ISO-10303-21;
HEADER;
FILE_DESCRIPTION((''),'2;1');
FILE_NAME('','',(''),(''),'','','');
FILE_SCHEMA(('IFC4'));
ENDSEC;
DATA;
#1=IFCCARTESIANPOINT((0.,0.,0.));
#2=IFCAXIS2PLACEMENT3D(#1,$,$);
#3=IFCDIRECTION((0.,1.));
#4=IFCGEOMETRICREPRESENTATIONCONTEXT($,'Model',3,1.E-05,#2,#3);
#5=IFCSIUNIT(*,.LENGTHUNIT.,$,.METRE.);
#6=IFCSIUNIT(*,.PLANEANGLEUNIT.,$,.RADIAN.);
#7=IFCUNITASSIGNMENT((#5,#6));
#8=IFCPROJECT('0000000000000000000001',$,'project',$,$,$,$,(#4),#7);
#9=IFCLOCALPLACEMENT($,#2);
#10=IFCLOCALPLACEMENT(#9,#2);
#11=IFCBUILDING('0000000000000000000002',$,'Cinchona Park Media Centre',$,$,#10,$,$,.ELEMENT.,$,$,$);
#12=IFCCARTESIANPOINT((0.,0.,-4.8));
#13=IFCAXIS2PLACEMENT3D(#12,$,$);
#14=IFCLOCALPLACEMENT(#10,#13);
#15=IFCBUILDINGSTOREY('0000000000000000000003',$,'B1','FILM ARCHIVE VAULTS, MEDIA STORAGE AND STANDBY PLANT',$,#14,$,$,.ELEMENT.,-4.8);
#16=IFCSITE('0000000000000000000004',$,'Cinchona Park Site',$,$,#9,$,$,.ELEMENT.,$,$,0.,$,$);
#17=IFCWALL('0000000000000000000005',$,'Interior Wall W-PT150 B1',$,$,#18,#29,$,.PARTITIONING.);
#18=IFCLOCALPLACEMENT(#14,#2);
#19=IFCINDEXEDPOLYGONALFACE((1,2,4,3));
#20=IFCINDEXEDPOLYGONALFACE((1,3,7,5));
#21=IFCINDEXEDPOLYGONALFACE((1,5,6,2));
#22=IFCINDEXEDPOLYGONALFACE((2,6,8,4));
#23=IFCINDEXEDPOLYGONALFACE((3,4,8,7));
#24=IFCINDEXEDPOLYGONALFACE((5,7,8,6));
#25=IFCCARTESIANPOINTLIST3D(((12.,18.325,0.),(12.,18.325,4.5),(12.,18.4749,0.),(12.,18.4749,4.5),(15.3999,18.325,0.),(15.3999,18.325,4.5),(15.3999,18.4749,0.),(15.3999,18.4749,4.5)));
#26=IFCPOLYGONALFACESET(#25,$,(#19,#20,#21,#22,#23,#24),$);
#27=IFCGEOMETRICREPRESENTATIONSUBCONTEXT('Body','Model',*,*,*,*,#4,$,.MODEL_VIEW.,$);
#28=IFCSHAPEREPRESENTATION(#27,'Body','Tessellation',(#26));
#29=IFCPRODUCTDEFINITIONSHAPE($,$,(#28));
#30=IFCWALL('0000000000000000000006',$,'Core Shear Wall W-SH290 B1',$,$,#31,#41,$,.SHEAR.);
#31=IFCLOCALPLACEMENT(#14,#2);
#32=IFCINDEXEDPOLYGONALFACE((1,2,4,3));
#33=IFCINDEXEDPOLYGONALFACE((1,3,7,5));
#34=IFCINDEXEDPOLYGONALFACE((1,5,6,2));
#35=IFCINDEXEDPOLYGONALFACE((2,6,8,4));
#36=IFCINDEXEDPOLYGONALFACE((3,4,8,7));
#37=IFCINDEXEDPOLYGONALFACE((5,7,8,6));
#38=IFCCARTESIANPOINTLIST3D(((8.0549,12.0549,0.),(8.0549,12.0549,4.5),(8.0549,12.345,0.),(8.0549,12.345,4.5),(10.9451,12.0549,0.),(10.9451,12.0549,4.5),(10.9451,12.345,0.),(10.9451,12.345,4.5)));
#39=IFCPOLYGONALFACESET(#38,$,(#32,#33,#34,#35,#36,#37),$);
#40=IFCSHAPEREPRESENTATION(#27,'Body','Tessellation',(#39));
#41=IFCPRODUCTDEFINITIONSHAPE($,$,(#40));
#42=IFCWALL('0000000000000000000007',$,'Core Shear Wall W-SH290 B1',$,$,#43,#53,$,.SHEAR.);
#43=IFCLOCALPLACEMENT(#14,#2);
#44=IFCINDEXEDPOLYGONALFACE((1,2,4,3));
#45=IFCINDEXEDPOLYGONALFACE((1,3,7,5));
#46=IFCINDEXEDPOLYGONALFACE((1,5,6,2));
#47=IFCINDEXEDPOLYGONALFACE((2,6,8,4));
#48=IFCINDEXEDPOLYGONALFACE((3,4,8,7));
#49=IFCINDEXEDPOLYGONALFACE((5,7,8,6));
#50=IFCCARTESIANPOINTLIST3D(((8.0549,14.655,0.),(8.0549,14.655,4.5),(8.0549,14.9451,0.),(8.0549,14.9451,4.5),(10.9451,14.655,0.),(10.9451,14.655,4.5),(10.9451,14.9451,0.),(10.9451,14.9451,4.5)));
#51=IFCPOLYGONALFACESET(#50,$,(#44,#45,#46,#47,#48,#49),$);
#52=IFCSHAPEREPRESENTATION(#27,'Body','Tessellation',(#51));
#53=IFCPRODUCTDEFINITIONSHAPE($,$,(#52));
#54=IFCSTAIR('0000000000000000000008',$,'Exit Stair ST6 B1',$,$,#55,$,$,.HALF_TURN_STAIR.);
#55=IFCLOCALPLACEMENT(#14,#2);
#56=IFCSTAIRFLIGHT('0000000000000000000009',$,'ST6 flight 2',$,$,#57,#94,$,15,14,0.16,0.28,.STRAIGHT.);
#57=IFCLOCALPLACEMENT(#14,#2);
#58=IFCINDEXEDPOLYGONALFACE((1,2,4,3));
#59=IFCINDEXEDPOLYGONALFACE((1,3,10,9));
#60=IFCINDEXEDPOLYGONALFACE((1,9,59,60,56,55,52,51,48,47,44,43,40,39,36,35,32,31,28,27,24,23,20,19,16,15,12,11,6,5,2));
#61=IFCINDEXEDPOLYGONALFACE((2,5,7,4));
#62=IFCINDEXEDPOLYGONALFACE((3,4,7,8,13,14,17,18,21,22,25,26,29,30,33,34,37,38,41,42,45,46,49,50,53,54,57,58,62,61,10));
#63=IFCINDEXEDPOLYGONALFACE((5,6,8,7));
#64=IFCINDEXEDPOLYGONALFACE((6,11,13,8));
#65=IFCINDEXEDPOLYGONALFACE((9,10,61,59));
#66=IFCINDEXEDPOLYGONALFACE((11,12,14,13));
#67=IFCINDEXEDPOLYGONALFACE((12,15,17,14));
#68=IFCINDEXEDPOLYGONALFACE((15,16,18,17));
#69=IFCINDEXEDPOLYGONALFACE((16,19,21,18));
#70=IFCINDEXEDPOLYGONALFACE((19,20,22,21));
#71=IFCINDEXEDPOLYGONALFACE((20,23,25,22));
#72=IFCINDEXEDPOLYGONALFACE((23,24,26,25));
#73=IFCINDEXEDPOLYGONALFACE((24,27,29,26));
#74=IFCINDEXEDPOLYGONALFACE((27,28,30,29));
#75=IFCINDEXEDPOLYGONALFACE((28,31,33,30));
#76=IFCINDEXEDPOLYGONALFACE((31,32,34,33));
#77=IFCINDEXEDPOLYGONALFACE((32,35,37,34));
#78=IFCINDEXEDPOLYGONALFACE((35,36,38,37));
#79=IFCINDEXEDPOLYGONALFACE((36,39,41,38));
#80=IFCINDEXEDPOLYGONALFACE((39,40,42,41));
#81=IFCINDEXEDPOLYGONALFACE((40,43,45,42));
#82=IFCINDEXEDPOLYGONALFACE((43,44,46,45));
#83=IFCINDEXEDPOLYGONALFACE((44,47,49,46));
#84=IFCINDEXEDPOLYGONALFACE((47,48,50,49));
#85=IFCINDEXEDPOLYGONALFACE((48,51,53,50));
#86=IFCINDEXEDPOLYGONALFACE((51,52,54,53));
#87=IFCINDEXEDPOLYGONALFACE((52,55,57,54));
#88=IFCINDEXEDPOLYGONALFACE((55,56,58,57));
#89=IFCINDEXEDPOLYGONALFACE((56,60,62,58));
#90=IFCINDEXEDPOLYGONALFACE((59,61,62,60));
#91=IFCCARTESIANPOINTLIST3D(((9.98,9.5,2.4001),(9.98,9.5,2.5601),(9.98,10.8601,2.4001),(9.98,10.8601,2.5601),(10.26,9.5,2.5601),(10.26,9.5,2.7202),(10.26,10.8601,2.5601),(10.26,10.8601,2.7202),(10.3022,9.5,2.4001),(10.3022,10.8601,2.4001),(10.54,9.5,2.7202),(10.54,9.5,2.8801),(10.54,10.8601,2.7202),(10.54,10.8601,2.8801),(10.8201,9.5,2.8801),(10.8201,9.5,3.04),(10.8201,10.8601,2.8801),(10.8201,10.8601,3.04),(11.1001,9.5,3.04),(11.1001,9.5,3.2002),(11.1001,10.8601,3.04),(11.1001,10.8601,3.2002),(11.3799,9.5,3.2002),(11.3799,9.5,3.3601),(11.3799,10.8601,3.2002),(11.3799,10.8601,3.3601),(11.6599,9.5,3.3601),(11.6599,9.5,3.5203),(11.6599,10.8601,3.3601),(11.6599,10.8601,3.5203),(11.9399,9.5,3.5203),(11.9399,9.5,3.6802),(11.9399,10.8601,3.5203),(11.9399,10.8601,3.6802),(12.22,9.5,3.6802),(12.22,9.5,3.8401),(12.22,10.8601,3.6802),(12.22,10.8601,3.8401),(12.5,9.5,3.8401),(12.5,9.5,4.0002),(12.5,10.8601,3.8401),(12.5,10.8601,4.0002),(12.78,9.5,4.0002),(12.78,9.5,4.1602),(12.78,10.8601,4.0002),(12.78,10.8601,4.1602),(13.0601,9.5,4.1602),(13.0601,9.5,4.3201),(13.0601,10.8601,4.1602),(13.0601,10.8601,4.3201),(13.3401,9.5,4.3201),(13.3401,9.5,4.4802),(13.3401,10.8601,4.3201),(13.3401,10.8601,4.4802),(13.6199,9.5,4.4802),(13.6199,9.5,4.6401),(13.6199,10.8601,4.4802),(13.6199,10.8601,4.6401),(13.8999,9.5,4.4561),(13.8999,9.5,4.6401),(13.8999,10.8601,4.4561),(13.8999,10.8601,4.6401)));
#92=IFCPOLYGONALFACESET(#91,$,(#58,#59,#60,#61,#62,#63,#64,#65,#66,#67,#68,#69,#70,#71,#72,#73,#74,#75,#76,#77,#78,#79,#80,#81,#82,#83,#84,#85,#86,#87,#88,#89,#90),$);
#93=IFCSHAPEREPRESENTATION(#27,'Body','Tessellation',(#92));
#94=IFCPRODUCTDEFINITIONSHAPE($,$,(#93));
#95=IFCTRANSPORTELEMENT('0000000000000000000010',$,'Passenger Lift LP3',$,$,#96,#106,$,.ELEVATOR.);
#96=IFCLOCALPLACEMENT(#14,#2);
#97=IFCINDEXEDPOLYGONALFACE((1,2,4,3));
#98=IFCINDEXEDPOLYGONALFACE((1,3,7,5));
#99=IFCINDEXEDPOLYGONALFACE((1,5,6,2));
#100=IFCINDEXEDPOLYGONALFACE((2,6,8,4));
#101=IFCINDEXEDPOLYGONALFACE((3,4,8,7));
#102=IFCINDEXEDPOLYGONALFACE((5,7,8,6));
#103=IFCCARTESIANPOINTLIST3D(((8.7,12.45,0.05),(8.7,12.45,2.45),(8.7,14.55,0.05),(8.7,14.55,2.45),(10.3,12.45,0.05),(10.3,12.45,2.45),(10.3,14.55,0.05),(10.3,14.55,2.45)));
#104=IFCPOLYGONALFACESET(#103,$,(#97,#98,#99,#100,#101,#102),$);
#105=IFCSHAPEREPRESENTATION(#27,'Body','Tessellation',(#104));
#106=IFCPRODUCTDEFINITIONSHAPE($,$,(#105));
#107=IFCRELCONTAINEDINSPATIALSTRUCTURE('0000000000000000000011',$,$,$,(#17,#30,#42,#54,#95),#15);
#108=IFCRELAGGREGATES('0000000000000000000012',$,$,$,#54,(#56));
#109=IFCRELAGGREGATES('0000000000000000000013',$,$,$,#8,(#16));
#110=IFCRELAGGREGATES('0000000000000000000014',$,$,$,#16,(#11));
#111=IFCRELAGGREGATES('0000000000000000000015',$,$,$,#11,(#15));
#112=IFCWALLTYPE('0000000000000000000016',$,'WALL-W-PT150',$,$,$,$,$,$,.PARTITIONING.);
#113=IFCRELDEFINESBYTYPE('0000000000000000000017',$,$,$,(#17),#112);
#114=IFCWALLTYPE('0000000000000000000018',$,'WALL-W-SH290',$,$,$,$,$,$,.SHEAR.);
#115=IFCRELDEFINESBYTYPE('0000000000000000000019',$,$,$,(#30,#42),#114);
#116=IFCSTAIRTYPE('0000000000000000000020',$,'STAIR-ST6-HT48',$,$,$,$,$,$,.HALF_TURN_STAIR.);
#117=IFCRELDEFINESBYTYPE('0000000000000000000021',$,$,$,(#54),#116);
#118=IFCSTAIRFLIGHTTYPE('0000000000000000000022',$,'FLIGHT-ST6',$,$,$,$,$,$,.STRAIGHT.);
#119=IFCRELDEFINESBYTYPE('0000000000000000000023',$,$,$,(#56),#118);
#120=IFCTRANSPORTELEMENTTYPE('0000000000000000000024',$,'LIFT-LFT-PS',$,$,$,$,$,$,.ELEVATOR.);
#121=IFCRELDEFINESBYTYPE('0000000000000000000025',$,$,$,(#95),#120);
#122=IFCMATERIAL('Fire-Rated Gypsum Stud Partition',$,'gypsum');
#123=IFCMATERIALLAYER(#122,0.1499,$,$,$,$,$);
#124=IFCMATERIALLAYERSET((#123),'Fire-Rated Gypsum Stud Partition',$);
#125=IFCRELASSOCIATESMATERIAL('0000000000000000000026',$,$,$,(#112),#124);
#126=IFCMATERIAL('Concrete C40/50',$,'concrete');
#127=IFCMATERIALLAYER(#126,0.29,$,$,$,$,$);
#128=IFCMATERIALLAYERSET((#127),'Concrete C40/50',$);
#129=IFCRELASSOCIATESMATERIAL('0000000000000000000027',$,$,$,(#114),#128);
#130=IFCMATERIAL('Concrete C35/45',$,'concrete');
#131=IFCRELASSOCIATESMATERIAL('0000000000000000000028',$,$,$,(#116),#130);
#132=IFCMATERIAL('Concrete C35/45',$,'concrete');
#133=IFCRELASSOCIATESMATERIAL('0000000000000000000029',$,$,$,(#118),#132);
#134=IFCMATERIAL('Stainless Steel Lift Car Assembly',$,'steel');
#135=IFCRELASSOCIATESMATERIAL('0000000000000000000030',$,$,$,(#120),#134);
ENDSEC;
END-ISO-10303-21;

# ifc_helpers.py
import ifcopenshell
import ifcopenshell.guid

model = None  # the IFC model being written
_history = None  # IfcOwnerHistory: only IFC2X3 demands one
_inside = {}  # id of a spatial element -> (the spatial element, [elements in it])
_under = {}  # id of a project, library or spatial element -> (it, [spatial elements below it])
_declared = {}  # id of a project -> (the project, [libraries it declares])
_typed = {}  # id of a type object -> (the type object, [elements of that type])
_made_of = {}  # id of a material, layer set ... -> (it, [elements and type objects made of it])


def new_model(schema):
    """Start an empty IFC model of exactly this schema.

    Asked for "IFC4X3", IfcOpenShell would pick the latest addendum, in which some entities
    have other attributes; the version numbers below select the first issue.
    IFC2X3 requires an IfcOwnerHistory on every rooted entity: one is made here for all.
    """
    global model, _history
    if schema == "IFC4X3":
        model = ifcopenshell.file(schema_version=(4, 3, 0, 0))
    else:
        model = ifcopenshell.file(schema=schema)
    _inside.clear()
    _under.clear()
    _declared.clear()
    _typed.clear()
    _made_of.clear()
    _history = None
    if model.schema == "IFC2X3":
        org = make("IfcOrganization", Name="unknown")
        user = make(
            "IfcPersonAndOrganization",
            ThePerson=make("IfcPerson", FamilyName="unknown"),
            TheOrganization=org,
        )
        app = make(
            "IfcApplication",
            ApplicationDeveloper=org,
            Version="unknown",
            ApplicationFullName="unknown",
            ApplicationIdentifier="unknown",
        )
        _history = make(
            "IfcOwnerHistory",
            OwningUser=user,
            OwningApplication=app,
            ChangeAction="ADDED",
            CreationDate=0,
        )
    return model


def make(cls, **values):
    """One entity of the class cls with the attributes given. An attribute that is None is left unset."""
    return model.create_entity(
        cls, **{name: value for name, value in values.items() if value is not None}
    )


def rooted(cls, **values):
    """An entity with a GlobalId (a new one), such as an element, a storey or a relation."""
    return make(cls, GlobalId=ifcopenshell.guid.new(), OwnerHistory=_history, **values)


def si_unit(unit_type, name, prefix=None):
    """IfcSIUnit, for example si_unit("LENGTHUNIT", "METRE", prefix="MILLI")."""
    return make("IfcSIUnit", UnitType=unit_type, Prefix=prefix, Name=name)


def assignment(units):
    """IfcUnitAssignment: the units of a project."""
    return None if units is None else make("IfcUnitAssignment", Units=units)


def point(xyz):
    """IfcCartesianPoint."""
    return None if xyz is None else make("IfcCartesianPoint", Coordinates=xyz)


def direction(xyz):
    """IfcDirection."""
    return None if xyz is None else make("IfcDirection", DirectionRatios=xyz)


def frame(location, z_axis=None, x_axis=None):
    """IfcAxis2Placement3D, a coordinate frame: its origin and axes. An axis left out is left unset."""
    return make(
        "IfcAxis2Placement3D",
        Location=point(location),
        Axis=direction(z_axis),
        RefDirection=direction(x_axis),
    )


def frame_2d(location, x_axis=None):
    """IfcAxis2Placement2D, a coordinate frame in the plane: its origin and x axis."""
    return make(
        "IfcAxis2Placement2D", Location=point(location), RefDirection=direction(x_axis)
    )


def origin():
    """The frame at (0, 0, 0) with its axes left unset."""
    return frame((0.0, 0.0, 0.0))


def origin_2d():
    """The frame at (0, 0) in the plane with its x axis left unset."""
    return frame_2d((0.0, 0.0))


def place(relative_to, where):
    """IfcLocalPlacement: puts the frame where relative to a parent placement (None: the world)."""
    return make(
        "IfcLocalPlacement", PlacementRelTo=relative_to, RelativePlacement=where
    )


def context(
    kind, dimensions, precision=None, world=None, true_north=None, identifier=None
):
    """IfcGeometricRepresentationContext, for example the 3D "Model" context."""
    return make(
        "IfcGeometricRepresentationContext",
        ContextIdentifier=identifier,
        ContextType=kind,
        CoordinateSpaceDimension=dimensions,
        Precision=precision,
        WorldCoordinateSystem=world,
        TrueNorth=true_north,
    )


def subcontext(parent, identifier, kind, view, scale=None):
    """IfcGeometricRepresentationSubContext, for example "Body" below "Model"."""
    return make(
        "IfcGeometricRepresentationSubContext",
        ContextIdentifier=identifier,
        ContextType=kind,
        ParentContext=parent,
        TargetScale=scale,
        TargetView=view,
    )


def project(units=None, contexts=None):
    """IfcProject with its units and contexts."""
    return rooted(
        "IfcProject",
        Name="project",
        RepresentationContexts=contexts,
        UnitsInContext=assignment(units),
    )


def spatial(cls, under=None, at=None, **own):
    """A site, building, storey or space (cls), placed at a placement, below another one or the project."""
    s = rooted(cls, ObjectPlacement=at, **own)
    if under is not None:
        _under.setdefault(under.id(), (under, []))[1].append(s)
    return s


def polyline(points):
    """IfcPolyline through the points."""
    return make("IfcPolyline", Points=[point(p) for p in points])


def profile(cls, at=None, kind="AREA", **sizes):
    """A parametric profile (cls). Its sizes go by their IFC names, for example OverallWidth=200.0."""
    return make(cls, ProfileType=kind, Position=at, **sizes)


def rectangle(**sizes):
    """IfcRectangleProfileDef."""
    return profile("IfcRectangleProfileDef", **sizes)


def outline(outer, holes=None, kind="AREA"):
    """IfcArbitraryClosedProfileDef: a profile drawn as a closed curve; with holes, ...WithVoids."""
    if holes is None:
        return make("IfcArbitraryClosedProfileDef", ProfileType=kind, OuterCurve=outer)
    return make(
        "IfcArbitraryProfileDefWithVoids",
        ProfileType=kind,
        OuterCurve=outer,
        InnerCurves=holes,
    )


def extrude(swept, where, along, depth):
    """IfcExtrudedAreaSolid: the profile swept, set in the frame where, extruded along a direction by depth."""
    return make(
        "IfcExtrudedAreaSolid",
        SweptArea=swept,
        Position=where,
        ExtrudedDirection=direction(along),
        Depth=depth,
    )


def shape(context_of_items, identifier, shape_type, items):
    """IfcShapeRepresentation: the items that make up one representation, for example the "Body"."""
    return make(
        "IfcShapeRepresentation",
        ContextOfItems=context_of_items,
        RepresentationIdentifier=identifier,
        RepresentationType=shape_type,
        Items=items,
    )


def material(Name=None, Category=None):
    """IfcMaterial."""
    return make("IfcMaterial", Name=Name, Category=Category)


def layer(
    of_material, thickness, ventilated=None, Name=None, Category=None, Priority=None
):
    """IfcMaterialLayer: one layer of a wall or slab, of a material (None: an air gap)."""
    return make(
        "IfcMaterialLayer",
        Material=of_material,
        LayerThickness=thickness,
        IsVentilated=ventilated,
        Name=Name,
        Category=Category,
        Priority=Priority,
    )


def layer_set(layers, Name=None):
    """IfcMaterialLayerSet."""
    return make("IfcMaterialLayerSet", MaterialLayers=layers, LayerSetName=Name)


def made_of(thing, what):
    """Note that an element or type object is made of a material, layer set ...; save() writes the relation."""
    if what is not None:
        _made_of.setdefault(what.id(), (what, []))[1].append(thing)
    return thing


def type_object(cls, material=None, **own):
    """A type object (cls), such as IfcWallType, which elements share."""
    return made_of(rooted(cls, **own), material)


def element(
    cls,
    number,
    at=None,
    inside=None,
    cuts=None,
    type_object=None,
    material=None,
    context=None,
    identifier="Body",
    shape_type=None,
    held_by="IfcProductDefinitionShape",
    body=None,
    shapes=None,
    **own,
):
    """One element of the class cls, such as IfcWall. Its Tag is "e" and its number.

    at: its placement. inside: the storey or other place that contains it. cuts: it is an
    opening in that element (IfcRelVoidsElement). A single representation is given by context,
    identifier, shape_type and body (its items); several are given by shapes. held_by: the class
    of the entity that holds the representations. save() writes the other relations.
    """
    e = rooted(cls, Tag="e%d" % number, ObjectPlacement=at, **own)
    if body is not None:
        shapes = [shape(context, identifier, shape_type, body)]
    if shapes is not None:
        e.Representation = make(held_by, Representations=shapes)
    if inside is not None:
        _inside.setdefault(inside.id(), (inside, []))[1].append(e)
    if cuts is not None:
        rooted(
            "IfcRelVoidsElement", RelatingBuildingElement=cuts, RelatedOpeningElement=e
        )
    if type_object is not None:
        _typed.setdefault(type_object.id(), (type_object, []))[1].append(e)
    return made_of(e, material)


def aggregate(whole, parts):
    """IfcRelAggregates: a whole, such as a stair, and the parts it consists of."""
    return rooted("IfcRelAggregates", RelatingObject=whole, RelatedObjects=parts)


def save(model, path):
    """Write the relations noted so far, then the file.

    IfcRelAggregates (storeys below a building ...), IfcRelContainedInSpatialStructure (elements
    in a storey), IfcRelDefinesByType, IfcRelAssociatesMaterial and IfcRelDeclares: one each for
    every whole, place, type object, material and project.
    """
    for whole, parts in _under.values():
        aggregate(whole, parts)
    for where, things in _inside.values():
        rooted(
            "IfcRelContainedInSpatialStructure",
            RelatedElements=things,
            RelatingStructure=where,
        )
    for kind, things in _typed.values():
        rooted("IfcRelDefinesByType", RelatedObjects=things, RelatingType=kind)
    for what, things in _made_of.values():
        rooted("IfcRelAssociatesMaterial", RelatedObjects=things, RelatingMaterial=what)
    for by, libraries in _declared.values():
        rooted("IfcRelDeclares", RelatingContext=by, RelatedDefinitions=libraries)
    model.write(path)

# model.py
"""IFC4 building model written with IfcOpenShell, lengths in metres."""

from ifc_helpers import new_model, si_unit, direction, frame, frame_2d, origin, origin_2d, place, context, subcontext, project, spatial, polyline, rectangle, outline, extrude, material, layer, layer_set, type_object, element, aggregate, save


model = new_model("IFC4")

# Units and contexts
model_context = context("Model", 3, precision=1e-05, world=origin(), true_north=direction((0.0, 1.0)))
body_context = subcontext(model_context, "Body", "Model", "MODEL_VIEW")
ifc_project = project(units=[si_unit("LENGTHUNIT", "METRE"), si_unit("PLANEANGLEUNIT", "RADIAN")], contexts=[model_context])

# Site, building, storey
site_placement = place(None, origin())
site = spatial("IfcSite", under=ifc_project, at=site_placement, Name="Cinchona Park Site", CompositionType="ELEMENT", RefElevation=0.0)
building_placement = place(site_placement, origin())
building = spatial("IfcBuilding", under=site, at=building_placement, Name="Cinchona Park Media Centre", CompositionType="ELEMENT")
storey_placement = place(building_placement, frame((0.0, 0.0, -4.8)))
storey = spatial("IfcBuildingStorey", under=building, at=storey_placement, Name="B1", Description="FILM ARCHIVE VAULTS, MEDIA STORAGE AND STANDBY PLANT", CompositionType="ELEMENT", Elevation=-4.8)

# Walls
ifc_material_1 = material(Name="Fire-Rated Gypsum Stud Partition", Category="gypsum")
ifc_layer_1 = layer(ifc_material_1, 0.1499)
ifc_layer_set_1 = layer_set([ifc_layer_1], Name="Fire-Rated Gypsum Stud Partition")
wall_type_1 = type_object("IfcWallType", Name="WALL-W-PT150", PredefinedType="PARTITIONING", material=ifc_layer_set_1)
wall_1_placement = place(storey_placement, frame((12.0, 18.3999, 0.0), z_axis=(0.0, 0.0, 1.0), x_axis=(1.0, 0.0, 0.0)))
element("IfcWall", 1, at=wall_1_placement, inside=storey, type_object=wall_type_1, Name="Interior Wall W-PT150 B1", PredefinedType="PARTITIONING", context=body_context, shape_type="SweptSolid", body=[
    extrude(rectangle(XDim=3.3999, YDim=0.1499, at=frame_2d((1.7, 0.0))), origin(), (0.0, 0.0, 1.0), 4.5),
])
ifc_material_2 = material(Name="Concrete C40/50", Category="concrete")
ifc_layer_2 = layer(ifc_material_2, 0.29)
ifc_layer_set_2 = layer_set([ifc_layer_2], Name="Concrete C40/50")
wall_type_2 = type_object("IfcWallType", Name="WALL-W-SH290", PredefinedType="SHEAR", material=ifc_layer_set_2)
for number, where, z_axis, x_axis, name in (
    (2, (8.0549, 12.2, 0.0), (0.0, 0.0, 1.0), (1.0, 0.0, 0.0), "Core Shear Wall W-SH290 B1"),
    (3, (8.0549, 14.8, 0.0), (0.0, 0.0, 1.0), (1.0, 0.0, 0.0), "Core Shear Wall W-SH290 B1"),
):
    element("IfcWall", number, at=place(storey_placement, frame(where, z_axis=z_axis, x_axis=x_axis)), inside=storey, type_object=wall_type_2, Name=name, PredefinedType="SHEAR", context=body_context, shape_type="SweptSolid", body=[
        extrude(rectangle(XDim=2.8901, YDim=0.29, at=frame_2d((1.4451, 0.0))), origin(), (0.0, 0.0, 1.0), 4.5),
    ])

# Stair, stair flight
ifc_material_3 = material(Name="Concrete C35/45", Category="concrete")
stair_type = type_object("IfcStairType", Name="STAIR-ST6-HT48", PredefinedType="HALF_TURN_STAIR", material=ifc_material_3)
stair_placement = place(storey_placement, origin())
stair = element("IfcStair", 4, at=stair_placement, inside=storey, type_object=stair_type, Name="Exit Stair ST6 B1", PredefinedType="HALF_TURN_STAIR")
ifc_material_4 = material(Name="Concrete C35/45", Category="concrete")
stair_flight_type = type_object("IfcStairFlightType", Name="FLIGHT-ST6", PredefinedType="STRAIGHT", material=ifc_material_4)
stair_flight_placement = place(storey_placement, frame((9.98, 10.1799, 2.4001), z_axis=(0.0, 0.0, 1.0), x_axis=(1.0, 0.0, 0.0)))
stair_flight = element("IfcStairFlight", 5, at=stair_flight_placement, type_object=stair_flight_type, Name="ST6 flight 2", NumberOfRisers=15, NumberOfTreads=14, PredefinedType="STRAIGHT", RiserHeight=0.16, TreadLength=0.28, context=body_context, shape_type="SweptSolid", body=[
    extrude(outline(polyline([(0.0, 0.0), (0.0, 0.1599), (0.28, 0.1599), (0.28, 0.3201), (0.5601, 0.3201), (0.5601, 0.48), (0.8401, 0.48), (0.8401, 0.6399), (1.1201, 0.6399), (1.1201, 0.8), (1.3999, 0.8), (1.3999, 0.96), (1.6799, 0.96), (1.6799, 1.1201), (1.96, 1.1201), (1.96, 1.28), (2.24, 1.28), (2.24, 1.4399), (2.52, 1.4399), (2.52, 1.6001), (2.8, 1.6001), (2.8, 1.76), (3.0801, 1.76), (3.0801, 1.9199), (3.3601, 1.9199), (3.3601, 2.0801), (3.6399, 2.0801), (3.6399, 2.24), (3.9199, 2.24), (3.9199, 2.3999), (3.9199, 2.0559), (0.3223, 0.0), (0.0, 0.0)])), frame((0.0, 0.6802, 0.0), z_axis=(0.0, -1.0, 0.0), x_axis=(1.0, 0.0, 0.0)), (0.0, 0.0, 1.0), 1.3601),
])
aggregate(stair, [stair_flight])

# Transport element
ifc_material_5 = material(Name="Stainless Steel Lift Car Assembly", Category="steel")
transport_element_type = type_object("IfcTransportElementType", Name="LIFT-LFT-PS", PredefinedType="ELEVATOR", material=ifc_material_5)
transport_element_placement = place(storey_placement, frame((9.5, 13.5, 0.05), z_axis=(0.0, 0.0, 1.0), x_axis=(1.0, 0.0, 0.0)))
element("IfcTransportElement", 6, at=transport_element_placement, inside=storey, type_object=transport_element_type, Name="Passenger Lift LP3", PredefinedType="ELEVATOR", context=body_context, shape_type="SweptSolid", body=[
    extrude(rectangle(XDim=1.6001, YDim=2.1001, at=origin_2d()), origin(), (0.0, 0.0, 1.0), 2.3999),
])

save(model, "model.ifc")
